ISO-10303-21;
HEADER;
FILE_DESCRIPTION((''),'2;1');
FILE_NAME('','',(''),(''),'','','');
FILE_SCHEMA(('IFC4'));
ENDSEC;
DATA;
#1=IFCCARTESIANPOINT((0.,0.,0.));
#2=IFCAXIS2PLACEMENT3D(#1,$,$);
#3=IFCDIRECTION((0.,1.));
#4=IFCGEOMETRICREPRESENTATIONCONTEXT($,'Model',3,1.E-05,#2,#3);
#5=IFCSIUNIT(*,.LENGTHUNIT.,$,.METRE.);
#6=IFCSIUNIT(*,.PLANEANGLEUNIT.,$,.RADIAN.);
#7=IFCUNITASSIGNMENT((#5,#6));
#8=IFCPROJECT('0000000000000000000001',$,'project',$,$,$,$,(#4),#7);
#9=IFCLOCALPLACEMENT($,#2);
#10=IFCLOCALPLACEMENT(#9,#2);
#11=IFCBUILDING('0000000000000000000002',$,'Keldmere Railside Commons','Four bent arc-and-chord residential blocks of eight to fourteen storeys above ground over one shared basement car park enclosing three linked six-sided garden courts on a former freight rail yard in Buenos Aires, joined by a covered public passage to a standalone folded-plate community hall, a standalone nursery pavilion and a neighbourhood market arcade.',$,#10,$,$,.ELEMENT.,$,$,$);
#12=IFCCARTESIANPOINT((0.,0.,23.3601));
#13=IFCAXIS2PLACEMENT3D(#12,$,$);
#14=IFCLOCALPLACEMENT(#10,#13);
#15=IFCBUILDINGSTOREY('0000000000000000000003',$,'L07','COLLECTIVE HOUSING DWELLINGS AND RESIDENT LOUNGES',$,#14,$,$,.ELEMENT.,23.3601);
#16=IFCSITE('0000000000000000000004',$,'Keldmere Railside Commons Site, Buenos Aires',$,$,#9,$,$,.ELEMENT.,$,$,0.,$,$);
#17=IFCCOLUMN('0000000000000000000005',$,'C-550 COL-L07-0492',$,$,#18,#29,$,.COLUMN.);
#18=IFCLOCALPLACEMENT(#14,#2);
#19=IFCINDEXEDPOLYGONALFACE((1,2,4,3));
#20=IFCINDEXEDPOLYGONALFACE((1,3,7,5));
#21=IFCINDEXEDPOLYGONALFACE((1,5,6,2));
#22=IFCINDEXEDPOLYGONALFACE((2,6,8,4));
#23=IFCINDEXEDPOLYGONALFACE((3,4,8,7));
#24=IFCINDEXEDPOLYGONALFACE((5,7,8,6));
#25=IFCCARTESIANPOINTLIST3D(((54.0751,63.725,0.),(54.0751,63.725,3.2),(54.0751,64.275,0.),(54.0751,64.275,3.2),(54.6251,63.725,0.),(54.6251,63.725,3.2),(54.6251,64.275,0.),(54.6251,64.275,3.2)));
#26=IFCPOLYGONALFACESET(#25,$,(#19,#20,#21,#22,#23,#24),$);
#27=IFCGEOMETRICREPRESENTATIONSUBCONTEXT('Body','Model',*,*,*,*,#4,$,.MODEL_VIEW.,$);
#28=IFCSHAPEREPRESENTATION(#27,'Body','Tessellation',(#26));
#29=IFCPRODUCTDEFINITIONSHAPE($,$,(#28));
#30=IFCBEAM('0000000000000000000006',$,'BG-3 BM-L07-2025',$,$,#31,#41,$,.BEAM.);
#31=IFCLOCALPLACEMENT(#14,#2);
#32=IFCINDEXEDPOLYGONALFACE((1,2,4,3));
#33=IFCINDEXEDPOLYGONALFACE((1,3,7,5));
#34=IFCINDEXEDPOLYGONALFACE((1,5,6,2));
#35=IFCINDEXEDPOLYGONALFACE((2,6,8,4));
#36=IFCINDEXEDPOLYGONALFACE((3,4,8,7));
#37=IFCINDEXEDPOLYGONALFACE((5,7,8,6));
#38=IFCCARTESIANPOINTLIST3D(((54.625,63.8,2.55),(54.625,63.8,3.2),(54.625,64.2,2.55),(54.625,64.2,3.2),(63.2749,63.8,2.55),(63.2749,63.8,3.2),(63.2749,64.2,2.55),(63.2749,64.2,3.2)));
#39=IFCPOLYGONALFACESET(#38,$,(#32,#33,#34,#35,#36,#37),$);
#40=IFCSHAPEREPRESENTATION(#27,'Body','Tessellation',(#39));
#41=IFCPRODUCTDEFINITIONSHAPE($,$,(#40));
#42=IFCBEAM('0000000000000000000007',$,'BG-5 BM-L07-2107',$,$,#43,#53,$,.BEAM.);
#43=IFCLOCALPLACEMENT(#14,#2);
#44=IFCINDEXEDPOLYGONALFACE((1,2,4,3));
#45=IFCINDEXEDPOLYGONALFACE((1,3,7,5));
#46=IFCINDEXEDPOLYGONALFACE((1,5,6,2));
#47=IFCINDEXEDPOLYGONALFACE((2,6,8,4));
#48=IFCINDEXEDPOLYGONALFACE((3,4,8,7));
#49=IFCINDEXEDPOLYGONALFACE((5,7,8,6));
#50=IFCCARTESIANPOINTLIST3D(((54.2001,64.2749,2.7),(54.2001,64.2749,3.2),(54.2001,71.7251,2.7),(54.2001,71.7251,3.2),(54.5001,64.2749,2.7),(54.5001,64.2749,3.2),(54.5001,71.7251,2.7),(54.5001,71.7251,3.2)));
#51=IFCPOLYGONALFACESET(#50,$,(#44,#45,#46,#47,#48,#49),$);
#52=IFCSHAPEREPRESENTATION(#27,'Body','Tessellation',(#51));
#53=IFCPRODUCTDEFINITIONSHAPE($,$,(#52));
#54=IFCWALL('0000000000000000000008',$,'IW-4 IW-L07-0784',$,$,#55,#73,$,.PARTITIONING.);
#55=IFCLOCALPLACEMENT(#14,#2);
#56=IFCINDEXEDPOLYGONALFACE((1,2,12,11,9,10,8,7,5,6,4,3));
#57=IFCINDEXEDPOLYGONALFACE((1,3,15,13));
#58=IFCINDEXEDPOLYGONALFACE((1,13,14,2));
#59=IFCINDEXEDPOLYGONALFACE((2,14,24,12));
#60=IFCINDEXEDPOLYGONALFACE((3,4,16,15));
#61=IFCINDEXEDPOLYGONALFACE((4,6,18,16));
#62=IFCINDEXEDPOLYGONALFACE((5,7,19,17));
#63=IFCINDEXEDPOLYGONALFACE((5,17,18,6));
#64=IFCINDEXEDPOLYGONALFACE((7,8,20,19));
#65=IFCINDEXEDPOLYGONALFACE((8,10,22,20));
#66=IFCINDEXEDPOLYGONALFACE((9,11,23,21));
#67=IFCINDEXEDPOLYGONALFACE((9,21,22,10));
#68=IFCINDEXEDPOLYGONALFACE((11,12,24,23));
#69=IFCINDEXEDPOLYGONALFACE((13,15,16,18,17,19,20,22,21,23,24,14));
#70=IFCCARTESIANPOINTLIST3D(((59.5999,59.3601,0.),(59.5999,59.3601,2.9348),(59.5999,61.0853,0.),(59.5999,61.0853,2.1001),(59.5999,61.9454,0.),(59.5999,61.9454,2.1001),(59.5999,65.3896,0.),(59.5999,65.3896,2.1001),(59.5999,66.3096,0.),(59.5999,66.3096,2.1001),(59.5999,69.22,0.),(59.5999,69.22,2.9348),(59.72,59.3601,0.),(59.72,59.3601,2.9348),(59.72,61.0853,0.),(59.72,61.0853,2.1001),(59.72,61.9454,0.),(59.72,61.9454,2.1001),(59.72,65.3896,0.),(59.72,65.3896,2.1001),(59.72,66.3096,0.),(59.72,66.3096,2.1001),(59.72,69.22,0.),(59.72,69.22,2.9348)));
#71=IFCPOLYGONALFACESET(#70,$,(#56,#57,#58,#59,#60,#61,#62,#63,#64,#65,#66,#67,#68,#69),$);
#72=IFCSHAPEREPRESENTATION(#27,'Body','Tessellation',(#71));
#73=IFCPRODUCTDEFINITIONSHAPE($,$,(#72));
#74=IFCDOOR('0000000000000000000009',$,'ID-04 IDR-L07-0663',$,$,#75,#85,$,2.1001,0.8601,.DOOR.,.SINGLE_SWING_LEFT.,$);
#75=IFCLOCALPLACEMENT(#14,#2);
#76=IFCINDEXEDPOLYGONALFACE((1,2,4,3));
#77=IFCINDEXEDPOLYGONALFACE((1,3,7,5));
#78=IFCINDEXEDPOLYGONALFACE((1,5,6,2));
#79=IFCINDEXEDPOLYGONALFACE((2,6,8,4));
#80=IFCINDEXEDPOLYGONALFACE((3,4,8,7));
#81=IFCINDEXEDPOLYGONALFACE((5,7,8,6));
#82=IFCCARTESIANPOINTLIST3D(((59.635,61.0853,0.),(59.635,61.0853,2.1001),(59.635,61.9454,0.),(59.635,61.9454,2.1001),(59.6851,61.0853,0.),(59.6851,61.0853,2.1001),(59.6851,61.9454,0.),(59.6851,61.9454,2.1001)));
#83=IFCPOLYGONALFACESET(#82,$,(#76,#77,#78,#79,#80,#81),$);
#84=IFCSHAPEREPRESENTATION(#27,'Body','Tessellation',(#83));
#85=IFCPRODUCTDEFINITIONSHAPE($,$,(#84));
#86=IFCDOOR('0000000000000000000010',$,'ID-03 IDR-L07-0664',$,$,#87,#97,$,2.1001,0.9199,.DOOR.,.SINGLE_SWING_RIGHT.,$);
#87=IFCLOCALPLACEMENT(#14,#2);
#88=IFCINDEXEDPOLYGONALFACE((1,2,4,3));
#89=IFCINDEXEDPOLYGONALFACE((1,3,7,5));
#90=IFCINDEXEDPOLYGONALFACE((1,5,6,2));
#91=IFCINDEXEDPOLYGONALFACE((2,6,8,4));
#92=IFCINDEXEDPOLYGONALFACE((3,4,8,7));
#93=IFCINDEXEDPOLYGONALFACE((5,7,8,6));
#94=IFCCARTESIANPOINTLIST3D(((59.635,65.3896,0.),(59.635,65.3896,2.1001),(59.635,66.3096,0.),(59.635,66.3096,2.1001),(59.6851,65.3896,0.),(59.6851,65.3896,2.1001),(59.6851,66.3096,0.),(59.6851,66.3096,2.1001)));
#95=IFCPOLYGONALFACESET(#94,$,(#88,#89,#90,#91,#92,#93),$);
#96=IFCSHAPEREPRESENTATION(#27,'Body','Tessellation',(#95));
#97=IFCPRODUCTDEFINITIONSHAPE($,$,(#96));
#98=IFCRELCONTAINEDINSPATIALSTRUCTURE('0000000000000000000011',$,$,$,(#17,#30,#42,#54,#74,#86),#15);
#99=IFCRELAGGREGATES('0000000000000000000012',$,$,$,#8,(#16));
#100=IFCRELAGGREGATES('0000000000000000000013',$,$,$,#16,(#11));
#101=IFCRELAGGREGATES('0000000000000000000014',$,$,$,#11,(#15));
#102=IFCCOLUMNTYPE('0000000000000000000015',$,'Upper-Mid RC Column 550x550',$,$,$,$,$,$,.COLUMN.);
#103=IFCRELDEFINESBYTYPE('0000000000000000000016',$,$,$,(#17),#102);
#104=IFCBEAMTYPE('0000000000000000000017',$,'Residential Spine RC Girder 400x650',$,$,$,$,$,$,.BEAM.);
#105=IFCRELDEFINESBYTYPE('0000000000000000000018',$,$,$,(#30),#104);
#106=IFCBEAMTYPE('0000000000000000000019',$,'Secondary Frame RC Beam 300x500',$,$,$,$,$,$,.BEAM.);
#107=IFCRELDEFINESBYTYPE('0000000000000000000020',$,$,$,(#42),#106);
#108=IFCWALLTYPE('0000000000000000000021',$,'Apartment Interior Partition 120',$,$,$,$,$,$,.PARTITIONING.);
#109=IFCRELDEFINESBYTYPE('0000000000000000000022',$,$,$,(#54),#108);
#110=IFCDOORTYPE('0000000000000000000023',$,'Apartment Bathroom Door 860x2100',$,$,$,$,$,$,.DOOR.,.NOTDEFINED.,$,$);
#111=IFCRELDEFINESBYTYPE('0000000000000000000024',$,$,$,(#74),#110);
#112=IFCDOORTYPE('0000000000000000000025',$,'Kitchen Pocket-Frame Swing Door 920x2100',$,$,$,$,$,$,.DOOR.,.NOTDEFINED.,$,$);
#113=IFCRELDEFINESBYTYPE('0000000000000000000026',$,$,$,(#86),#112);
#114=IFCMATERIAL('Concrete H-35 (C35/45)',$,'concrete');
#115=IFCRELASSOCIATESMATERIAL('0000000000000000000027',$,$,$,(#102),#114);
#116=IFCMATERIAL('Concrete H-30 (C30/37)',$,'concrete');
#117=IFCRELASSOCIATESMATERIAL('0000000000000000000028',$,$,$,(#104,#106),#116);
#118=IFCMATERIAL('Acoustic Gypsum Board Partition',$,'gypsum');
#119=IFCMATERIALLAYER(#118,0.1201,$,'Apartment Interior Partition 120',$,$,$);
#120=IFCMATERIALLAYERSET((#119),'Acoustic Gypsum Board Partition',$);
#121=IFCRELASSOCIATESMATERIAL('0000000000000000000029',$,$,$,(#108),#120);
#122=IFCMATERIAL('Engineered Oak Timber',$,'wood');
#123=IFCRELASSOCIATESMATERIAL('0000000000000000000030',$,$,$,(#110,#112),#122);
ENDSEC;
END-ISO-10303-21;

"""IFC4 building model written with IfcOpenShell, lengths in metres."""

from ifc_helpers import new_model, si_unit, direction, frame, frame_2d, origin, origin_2d, place, context, subcontext, project, spatial, rectangle, extrude, material, layer, layer_set, material_profile, profile_set, type_object, element, fill, save


model = new_model("IFC4")

# Units and contexts
model_context = context("Model", 3, precision=1e-05, world=origin(), true_north=direction((0.0, 1.0)))
body_context = subcontext(model_context, "Body", "Model", "MODEL_VIEW")
ifc_project = project(units=[si_unit("LENGTHUNIT", "METRE"), si_unit("PLANEANGLEUNIT", "RADIAN")], contexts=[model_context])

# Site, building, storey
site_placement = place(None, origin())
site = spatial("IfcSite", under=ifc_project, at=site_placement, Name="Keldmere Railside Commons Site, Buenos Aires", CompositionType="ELEMENT", RefElevation=0.0)
building_placement = place(site_placement, origin())
building = spatial("IfcBuilding", under=site, at=building_placement, Name="Keldmere Railside Commons", Description="Four bent arc-and-chord residential blocks of eight to fourteen storeys above ground over one shared basement car park enclosing three linked six-sided garden courts on a former freight rail yard in Buenos Aires, joined by a covered public passage to a standalone folded-plate community hall, a standalone nursery pavilion and a neighbourhood market arcade.", CompositionType="ELEMENT")
storey_placement = place(building_placement, frame((0.0, 0.0, 23.3601)))
storey = spatial("IfcBuildingStorey", under=building, at=storey_placement, Name="L07", Description="COLLECTIVE HOUSING DWELLINGS AND RESIDENT LOUNGES", CompositionType="ELEMENT", Elevation=23.3601)

# Column
ifc_material_1 = material(Name="Concrete H-35 (C35/45)", Category="concrete")
ifc_material_profile_1 = material_profile(ifc_material_1, rectangle(XDim=0.55, YDim=0.55, at=origin_2d()), Name="RC-550x550")
ifc_profile_set_1 = profile_set([ifc_material_profile_1], Name="Concrete H-35 (C35/45)")
column_type = type_object("IfcColumnType", Name="Upper-Mid RC Column 550x550", PredefinedType="COLUMN", material=ifc_profile_set_1)
column_placement = place(storey_placement, frame((54.3501, 64.0, 0.0), z_axis=(0.0, 0.0, 1.0), x_axis=(1.0, 0.0, 0.0)))
element("IfcColumn", 1, at=column_placement, inside=storey, type_object=column_type, Name="C-550 COL-L07-0492", PredefinedType="COLUMN", context=body_context, shape_type="SweptSolid", body=[
    extrude(rectangle(XDim=0.55, YDim=0.55, at=origin_2d()), origin(), (0.0, 0.0, 1.0), 3.2),
])

# Beams
ifc_material_2 = material(Name="Concrete H-30 (C30/37)", Category="concrete")
ifc_material_profile_2 = material_profile(ifc_material_2, rectangle(XDim=0.3999, YDim=0.6499, at=origin_2d()), Name="RC-400x650")
ifc_profile_set_2 = profile_set([ifc_material_profile_2], Name="Concrete H-30 (C30/37)")
beam_type_1 = type_object("IfcBeamType", Name="Residential Spine RC Girder 400x650", PredefinedType="BEAM", material=ifc_profile_set_2)
beam_1_placement = place(storey_placement, frame((54.625, 64.0, 2.875), z_axis=(1.0, 0.0, 0.0), x_axis=(0.0, 1.0, 0.0)))
element("IfcBeam", 2, at=beam_1_placement, inside=storey, type_object=beam_type_1, Name="BG-3 BM-L07-2025", PredefinedType="BEAM", context=body_context, shape_type="SweptSolid", body=[
    extrude(rectangle(XDim=0.3999, YDim=0.6499, at=origin_2d()), origin(), (0.0, 0.0, 1.0), 8.6499),
])
ifc_material_profile_3 = material_profile(ifc_material_2, rectangle(XDim=0.3, YDim=0.5, at=origin_2d()), Name="RC-300x500")
ifc_profile_set_3 = profile_set([ifc_material_profile_3], Name="Concrete H-30 (C30/37)")
beam_type_2 = type_object("IfcBeamType", Name="Secondary Frame RC Beam 300x500", PredefinedType="BEAM", material=ifc_profile_set_3)
beam_2_placement = place(storey_placement, frame((54.3501, 64.2749, 2.95), z_axis=(0.0, 1.0, 0.0), x_axis=(-1.0, 0.0, 0.0)))
element("IfcBeam", 3, at=beam_2_placement, inside=storey, type_object=beam_type_2, Name="BG-5 BM-L07-2107", PredefinedType="BEAM", context=body_context, shape_type="SweptSolid", body=[
    extrude(rectangle(XDim=0.3, YDim=0.5, at=origin_2d()), origin(), (0.0, 0.0, 1.0), 7.4502),
])

# Wall, openings, doors
ifc_material_3 = material(Name="Acoustic Gypsum Board Partition", Category="gypsum")
ifc_layer_1 = layer(ifc_material_3, 0.1201, Name="Apartment Interior Partition 120")
ifc_layer_set_1 = layer_set([ifc_layer_1], Name="Acoustic Gypsum Board Partition")
wall_type_1 = type_object("IfcWallType", Name="Apartment Interior Partition 120", PredefinedType="PARTITIONING", material=ifc_layer_set_1)
wall_1_placement = place(storey_placement, frame((59.6599, 59.3601, 0.0), z_axis=(0.0, 0.0, 1.0), x_axis=(0.0, 1.0, 0.0)))
wall_1 = element("IfcWall", 4, at=wall_1_placement, inside=storey, type_object=wall_type_1, Name="IW-4 IW-L07-0784", PredefinedType="PARTITIONING", context=body_context, shape_type="SweptSolid", body=[
    extrude(rectangle(XDim=9.8599, YDim=0.1201, at=frame_2d((4.9299, 0.0))), origin(), (0.0, 0.0, 1.0), 2.9348),
])
opening_1_placement = place(wall_1_placement, frame((1.7251, 0.0, 0.0)))
opening_1 = element("IfcOpeningElement", 5, at=opening_1_placement, cuts=wall_1, PredefinedType="OPENING", context=body_context, shape_type="SweptSolid", body=[
    extrude(rectangle(XDim=0.8601, YDim=2.1001, at=frame_2d((0.4302, 1.05))), frame((0.0, 0.0701, 0.0), z_axis=(0.0, -1.0, 0.0), x_axis=(1.0, 0.0, 0.0)), (0.0, 0.0, 1.0), 0.1401),
])
opening_2_placement = place(wall_1_placement, frame((6.0295, 0.0, 0.0)))
opening_2 = element("IfcOpeningElement", 6, at=opening_2_placement, cuts=wall_1, PredefinedType="OPENING", context=body_context, shape_type="SweptSolid", body=[
    extrude(rectangle(XDim=0.9199, YDim=2.1001, at=frame_2d((0.46, 1.05))), frame((0.0, 0.0701, 0.0), z_axis=(0.0, -1.0, 0.0), x_axis=(1.0, 0.0, 0.0)), (0.0, 0.0, 1.0), 0.1401),
])
ifc_material_4 = material(Name="Engineered Oak Timber", Category="wood")
door_type_1 = type_object("IfcDoorType", Name="Apartment Bathroom Door 860x2100", OperationType="NOTDEFINED", PredefinedType="DOOR", material=ifc_material_4)
door_1_placement = place(opening_1_placement, origin())
door_1 = element("IfcDoor", 7, at=door_1_placement, inside=storey, type_object=door_type_1, Name="ID-04 IDR-L07-0663", OperationType="SINGLE_SWING_LEFT", OverallHeight=2.1001, OverallWidth=0.8601, PredefinedType="DOOR", context=body_context, shape_type="SweptSolid", body=[
    extrude(rectangle(XDim=0.8601, YDim=2.1001, at=frame_2d((0.4302, 1.05))), frame((0.0, 0.0249, 0.0), z_axis=(0.0, -1.0, 0.0), x_axis=(1.0, 0.0, 0.0)), (0.0, 0.0, 1.0), 0.05),
])
fill(opening_1, door_1)
door_type_2 = type_object("IfcDoorType", Name="Kitchen Pocket-Frame Swing Door 920x2100", OperationType="NOTDEFINED", PredefinedType="DOOR", material=ifc_material_4)
door_2_placement = place(opening_2_placement, origin())
door_2 = element("IfcDoor", 8, at=door_2_placement, inside=storey, type_object=door_type_2, Name="ID-03 IDR-L07-0664", OperationType="SINGLE_SWING_RIGHT", OverallHeight=2.1001, OverallWidth=0.9199, PredefinedType="DOOR", context=body_context, shape_type="SweptSolid", body=[
    extrude(rectangle(XDim=0.9199, YDim=2.1001, at=frame_2d((0.46, 1.05))), frame((0.0, 0.0249, 0.0), z_axis=(0.0, -1.0, 0.0), x_axis=(1.0, 0.0, 0.0)), (0.0, 0.0, 1.0), 0.05),
])
fill(opening_2, door_2)

save(model, "model.ifc")
